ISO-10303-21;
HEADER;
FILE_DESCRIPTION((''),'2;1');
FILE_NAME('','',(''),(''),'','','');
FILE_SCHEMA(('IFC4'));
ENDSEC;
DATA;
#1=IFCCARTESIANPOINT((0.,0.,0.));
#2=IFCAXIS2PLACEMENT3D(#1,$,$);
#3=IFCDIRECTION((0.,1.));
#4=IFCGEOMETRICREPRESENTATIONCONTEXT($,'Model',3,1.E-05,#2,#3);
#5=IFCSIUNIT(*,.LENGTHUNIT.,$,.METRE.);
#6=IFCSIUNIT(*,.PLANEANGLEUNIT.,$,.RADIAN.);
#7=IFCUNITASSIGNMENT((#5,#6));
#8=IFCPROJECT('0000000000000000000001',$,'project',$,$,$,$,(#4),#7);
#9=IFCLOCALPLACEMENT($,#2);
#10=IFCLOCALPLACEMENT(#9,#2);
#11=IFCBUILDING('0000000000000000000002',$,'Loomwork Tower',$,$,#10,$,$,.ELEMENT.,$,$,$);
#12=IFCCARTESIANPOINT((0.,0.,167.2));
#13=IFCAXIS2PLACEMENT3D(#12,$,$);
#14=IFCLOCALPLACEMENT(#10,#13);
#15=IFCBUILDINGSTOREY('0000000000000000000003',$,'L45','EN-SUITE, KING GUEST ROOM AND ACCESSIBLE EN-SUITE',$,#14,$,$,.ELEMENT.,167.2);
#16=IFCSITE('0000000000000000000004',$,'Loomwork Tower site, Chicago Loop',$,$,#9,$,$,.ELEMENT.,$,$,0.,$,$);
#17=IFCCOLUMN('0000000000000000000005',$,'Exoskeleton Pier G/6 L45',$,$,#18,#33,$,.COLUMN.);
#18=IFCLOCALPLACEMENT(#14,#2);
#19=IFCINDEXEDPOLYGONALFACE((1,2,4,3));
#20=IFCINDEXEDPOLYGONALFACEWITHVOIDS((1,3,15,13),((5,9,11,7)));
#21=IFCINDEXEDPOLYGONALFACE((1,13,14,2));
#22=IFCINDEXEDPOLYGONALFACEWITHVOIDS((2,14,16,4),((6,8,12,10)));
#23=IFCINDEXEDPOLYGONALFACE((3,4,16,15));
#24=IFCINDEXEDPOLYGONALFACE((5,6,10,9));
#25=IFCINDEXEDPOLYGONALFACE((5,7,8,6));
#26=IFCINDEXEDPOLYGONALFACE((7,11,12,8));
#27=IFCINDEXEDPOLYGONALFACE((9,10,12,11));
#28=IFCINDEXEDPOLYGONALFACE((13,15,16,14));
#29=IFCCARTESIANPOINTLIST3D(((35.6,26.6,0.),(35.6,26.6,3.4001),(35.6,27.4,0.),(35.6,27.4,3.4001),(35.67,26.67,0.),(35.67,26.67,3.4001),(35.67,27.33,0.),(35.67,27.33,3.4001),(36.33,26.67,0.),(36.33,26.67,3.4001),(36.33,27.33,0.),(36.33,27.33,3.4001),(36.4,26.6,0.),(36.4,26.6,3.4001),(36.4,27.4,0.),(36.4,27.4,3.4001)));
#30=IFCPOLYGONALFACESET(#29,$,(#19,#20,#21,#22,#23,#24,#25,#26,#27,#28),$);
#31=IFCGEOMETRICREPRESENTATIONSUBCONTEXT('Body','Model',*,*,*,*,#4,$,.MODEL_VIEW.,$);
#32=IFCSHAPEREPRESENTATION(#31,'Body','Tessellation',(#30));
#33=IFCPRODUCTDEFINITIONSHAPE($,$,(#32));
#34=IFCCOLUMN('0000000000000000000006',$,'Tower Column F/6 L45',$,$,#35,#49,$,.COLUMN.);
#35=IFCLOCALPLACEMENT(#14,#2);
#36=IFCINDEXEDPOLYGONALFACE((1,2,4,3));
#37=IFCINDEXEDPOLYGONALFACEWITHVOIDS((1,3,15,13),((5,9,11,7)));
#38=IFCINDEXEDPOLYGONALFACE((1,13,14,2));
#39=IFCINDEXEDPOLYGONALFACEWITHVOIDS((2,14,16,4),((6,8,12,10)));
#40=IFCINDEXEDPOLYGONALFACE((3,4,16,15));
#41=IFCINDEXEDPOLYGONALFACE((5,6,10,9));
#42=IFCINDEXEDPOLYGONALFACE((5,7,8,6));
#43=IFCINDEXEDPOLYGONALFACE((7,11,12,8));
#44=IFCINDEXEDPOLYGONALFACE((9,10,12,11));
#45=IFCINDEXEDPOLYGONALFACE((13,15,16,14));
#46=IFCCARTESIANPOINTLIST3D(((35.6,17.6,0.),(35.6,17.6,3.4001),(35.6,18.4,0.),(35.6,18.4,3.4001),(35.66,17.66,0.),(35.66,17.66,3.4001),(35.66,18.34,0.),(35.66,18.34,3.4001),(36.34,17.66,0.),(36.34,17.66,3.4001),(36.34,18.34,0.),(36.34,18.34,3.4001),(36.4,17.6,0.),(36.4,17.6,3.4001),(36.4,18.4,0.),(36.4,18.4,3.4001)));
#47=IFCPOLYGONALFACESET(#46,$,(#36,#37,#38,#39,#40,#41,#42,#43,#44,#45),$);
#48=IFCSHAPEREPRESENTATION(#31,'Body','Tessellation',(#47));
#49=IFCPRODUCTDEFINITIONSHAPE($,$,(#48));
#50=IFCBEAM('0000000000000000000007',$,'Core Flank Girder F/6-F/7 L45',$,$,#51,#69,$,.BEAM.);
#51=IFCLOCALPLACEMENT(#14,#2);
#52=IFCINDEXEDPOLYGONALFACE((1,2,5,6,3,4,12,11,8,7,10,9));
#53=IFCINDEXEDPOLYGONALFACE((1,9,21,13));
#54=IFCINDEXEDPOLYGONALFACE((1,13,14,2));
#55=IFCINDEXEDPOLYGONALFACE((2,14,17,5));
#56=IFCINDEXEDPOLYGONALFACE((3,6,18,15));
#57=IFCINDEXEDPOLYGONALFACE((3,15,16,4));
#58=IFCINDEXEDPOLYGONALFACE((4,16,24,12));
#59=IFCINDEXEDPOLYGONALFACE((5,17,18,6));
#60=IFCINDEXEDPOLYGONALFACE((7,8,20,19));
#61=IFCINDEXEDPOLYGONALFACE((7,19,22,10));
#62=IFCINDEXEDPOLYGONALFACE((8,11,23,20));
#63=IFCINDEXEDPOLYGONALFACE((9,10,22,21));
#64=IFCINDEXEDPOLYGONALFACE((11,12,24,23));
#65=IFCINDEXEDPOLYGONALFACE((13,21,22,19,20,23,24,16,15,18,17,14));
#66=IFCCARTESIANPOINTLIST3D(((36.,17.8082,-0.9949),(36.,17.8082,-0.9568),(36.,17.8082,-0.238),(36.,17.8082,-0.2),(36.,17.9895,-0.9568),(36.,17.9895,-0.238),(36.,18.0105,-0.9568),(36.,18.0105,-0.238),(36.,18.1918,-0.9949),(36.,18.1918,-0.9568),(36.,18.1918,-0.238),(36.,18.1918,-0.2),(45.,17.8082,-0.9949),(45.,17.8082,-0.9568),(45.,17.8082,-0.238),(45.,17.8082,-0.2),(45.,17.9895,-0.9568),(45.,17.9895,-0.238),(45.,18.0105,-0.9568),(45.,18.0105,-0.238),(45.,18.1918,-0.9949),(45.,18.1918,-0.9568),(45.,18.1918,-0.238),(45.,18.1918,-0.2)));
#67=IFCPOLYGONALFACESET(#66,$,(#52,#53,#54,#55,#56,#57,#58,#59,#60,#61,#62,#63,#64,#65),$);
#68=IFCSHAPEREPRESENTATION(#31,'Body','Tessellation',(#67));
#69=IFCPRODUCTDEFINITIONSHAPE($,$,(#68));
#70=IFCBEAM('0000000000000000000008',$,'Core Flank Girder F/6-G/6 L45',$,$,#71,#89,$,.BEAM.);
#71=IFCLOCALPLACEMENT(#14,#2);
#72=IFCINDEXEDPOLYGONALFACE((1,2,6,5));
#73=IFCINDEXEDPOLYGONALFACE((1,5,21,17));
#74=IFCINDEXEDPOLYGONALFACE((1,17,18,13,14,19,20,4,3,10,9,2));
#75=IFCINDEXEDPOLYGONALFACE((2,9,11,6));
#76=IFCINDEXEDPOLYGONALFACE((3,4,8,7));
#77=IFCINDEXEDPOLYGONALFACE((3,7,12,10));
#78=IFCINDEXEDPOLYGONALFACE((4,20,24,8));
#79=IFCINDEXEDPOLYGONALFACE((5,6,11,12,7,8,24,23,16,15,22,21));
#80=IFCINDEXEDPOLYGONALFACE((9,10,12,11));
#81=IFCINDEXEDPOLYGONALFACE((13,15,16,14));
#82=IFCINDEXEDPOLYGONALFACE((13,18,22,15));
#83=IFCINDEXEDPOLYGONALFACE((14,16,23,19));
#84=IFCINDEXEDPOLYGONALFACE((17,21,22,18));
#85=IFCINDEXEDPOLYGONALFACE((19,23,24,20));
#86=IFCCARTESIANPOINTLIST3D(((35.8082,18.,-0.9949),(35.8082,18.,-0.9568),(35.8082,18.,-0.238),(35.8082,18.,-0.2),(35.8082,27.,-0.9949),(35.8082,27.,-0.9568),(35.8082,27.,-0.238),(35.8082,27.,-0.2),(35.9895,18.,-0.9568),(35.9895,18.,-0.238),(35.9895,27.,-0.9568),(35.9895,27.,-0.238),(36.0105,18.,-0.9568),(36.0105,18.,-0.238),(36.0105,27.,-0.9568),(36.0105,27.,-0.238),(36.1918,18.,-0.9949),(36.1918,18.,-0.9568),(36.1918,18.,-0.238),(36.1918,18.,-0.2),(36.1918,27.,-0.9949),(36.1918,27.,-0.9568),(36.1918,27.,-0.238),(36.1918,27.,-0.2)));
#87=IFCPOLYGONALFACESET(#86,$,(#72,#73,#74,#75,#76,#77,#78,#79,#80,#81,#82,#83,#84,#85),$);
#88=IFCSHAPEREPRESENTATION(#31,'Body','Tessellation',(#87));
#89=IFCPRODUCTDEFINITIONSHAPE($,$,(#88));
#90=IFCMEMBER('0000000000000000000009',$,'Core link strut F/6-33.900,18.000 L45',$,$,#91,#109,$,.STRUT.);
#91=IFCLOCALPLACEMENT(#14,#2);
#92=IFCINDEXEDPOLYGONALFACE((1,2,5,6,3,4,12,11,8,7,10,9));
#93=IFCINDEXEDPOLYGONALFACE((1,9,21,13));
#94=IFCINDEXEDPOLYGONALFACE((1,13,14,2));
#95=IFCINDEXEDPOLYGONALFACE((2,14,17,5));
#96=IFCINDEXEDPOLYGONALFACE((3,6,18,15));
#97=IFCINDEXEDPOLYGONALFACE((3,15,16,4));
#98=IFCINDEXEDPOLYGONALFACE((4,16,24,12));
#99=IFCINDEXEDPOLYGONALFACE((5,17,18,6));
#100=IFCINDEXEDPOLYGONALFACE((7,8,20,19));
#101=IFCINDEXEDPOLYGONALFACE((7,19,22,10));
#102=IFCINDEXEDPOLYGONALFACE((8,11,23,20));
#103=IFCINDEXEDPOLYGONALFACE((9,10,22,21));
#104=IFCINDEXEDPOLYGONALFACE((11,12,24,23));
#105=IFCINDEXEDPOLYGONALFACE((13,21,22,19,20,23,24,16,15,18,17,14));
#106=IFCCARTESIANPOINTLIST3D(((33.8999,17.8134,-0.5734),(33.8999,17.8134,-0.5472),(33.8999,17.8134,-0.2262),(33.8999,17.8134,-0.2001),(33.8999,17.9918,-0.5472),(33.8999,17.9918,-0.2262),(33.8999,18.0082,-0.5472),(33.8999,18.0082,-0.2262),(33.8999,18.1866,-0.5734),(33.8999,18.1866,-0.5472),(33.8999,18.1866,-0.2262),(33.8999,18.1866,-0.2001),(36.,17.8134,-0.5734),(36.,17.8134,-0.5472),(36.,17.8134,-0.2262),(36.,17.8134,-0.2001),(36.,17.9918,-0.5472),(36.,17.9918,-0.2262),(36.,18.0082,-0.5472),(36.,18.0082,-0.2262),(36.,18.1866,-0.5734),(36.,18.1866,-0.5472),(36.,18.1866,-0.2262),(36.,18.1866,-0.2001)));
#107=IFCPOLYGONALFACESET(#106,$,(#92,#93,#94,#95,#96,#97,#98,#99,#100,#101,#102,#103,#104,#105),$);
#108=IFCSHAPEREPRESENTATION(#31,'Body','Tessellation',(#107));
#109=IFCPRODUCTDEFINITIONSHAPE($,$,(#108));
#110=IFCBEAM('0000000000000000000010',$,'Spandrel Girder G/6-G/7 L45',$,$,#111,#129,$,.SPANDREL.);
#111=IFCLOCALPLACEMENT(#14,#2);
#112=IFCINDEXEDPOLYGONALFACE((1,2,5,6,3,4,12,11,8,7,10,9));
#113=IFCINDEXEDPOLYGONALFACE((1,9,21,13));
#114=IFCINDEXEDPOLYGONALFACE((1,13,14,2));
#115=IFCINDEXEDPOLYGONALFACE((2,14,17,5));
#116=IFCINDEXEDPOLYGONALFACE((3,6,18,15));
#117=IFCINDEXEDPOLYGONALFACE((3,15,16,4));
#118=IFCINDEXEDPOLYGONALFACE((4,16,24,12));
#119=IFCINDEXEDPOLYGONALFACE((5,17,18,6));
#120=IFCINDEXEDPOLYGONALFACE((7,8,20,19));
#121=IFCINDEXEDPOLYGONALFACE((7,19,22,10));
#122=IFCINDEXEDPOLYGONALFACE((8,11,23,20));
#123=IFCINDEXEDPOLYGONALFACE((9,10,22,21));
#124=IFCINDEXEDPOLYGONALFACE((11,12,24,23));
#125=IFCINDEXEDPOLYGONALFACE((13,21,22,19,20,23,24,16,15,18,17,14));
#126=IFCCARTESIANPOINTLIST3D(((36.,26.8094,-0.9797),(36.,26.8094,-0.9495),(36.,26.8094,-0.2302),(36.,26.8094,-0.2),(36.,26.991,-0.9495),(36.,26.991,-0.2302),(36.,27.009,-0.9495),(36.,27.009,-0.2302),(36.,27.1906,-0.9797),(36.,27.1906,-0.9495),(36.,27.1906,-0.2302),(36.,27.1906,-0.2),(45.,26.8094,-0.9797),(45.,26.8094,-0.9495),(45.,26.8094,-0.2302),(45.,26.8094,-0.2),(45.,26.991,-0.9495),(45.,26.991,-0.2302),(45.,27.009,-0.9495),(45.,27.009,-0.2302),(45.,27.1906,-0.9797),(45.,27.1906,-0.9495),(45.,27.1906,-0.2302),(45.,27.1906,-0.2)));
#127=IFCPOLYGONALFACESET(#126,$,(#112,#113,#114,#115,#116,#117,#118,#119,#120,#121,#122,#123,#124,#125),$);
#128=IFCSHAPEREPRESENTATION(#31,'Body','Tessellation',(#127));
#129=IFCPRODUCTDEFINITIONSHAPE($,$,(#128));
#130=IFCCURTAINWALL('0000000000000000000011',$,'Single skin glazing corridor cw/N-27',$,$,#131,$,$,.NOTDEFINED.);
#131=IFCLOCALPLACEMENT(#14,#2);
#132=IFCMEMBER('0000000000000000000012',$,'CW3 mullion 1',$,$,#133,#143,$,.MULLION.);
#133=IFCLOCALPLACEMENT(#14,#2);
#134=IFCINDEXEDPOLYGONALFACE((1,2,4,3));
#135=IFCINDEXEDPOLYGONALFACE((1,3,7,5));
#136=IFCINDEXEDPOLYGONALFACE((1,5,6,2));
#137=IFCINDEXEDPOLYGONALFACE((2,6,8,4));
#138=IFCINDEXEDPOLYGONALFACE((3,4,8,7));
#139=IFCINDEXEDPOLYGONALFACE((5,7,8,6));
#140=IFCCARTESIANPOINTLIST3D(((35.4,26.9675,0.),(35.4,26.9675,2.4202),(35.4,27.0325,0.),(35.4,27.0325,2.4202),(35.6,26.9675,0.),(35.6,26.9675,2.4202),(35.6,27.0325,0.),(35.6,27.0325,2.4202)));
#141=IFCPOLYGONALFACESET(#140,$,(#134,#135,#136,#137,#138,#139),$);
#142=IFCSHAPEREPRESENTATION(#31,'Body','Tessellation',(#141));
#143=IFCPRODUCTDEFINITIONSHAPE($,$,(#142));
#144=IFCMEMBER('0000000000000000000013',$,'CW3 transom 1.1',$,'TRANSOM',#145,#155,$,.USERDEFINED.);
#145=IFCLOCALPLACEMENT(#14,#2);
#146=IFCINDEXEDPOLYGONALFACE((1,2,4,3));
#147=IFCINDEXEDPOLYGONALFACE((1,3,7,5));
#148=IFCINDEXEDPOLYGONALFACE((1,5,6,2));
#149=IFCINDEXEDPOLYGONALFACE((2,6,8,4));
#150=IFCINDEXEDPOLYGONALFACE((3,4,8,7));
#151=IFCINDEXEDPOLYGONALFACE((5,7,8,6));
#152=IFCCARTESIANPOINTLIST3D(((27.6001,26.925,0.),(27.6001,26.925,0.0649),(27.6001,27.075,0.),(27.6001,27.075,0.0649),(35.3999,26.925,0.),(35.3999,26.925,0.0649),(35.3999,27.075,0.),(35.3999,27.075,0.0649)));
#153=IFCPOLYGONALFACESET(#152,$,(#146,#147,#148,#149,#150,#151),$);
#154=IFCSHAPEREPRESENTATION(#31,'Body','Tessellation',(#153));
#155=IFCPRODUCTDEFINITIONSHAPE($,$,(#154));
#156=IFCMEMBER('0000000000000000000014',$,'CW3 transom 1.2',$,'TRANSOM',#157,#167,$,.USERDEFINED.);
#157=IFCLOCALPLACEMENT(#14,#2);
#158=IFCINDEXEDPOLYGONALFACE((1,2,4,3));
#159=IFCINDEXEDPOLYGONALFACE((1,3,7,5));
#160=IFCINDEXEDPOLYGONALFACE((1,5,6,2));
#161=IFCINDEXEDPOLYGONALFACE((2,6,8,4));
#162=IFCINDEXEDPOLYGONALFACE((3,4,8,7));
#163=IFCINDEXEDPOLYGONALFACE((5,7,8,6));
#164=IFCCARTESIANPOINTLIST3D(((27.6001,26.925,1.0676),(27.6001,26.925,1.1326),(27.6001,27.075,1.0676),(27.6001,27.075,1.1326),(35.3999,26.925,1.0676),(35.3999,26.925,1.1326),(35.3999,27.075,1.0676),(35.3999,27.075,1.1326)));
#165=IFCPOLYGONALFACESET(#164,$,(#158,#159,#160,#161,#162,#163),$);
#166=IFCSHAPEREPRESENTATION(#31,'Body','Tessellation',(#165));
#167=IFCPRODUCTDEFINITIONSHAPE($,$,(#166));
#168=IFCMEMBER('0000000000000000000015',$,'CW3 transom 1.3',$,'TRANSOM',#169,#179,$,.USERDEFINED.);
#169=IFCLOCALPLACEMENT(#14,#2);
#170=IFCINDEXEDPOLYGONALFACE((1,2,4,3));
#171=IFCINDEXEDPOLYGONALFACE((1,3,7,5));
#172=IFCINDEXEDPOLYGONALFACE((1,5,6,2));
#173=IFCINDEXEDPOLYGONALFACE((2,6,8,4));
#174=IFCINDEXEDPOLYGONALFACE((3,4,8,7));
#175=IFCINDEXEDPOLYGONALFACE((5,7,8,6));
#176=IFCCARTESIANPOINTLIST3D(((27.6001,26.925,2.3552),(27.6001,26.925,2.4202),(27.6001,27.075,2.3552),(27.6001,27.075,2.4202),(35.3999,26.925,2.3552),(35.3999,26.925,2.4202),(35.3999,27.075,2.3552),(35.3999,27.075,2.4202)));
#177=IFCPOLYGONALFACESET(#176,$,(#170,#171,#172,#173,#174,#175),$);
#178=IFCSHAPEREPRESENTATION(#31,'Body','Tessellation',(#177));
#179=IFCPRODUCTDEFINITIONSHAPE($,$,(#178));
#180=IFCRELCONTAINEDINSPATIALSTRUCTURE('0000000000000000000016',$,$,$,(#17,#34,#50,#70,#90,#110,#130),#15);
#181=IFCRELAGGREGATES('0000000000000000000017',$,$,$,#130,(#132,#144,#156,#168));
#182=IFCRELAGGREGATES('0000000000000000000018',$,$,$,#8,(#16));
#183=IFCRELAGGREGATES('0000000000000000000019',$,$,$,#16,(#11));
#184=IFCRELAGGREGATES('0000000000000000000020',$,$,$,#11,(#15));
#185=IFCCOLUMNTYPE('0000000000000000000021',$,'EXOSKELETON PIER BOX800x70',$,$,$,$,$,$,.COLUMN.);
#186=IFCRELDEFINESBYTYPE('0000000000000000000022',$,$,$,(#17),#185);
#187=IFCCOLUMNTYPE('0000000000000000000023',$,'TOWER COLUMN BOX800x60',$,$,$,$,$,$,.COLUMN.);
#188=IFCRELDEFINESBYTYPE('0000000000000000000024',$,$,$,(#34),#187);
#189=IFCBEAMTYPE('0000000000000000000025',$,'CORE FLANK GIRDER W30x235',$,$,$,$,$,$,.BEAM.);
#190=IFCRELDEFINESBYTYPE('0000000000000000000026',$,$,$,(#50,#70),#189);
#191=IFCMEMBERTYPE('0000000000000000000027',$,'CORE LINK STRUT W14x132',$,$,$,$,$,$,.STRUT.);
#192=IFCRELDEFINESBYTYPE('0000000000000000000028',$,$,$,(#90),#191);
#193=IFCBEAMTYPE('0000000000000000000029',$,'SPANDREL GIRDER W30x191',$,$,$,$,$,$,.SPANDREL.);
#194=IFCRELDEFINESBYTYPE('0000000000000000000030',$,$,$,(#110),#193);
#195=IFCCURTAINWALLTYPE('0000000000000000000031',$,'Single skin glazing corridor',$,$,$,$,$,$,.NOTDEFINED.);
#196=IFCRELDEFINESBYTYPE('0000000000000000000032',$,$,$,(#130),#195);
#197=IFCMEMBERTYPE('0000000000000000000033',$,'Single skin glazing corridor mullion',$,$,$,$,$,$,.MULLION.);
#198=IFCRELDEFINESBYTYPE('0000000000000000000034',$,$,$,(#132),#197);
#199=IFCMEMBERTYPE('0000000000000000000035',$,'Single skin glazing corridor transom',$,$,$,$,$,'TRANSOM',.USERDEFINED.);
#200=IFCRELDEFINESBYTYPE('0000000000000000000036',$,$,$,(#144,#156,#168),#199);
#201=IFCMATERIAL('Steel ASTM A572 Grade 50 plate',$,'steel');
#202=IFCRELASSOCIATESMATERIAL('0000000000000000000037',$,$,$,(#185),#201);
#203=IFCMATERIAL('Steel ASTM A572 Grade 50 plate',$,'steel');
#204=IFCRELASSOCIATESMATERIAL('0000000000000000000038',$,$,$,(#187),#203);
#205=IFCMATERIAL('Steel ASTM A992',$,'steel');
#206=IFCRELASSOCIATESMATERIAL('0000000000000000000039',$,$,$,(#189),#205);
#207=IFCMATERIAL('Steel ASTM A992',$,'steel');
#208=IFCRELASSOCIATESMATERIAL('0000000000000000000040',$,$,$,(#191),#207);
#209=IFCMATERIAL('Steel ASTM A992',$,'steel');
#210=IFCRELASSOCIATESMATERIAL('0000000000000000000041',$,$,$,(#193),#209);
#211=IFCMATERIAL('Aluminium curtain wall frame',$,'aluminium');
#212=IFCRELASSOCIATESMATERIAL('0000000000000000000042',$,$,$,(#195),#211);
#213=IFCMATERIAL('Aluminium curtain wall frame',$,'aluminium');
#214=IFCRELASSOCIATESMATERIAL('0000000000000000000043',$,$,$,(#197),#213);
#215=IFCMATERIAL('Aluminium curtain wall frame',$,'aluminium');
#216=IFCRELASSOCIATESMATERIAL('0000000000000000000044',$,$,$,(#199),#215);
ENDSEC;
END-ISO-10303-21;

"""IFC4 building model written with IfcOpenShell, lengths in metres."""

from ifc_helpers import new_model, si_unit, direction, frame, origin, origin_2d, place, context, subcontext, project, spatial, rectangle, hollow_rectangle, i_section, extrude, material, material_profile, profile_set, type_object, element, aggregate, save


model = new_model("IFC4")

# Units and contexts
model_context = context("Model", 3, precision=1e-05, world=origin(), true_north=direction((0.0, 1.0)))
body_context = subcontext(model_context, "Body", "Model", "MODEL_VIEW")
ifc_project = project(units=[si_unit("LENGTHUNIT", "METRE"), si_unit("PLANEANGLEUNIT", "RADIAN")], contexts=[model_context])

# Site, building, storey
site_placement = place(None, origin())
site = spatial("IfcSite", under=ifc_project, at=site_placement, Name="Loomwork Tower site, Chicago Loop", CompositionType="ELEMENT", RefElevation=0.0)
building_placement = place(site_placement, origin())
building = spatial("IfcBuilding", under=site, at=building_placement, Name="Loomwork Tower", CompositionType="ELEMENT")
storey_placement = place(building_placement, frame((0.0, 0.0, 167.2)))
storey = spatial("IfcBuildingStorey", under=building, at=storey_placement, Name="L45", Description="EN-SUITE, KING GUEST ROOM AND ACCESSIBLE EN-SUITE", CompositionType="ELEMENT", Elevation=167.2)

# Columns
ifc_material_1 = material(Name="Steel ASTM A572 Grade 50 plate", Category="steel")
ifc_material_profile_1 = material_profile(ifc_material_1, hollow_rectangle(XDim=0.8, YDim=0.8, WallThickness=0.0701, at=origin_2d()), Name="BOX800x70")
ifc_profile_set_1 = profile_set([ifc_material_profile_1], Name="Steel ASTM A572 Grade 50 plate")
column_type_1 = type_object("IfcColumnType", Name="EXOSKELETON PIER BOX800x70", PredefinedType="COLUMN", material=ifc_profile_set_1)
column_1_placement = place(storey_placement, frame((36.0, 27.0, 0.0), z_axis=(0.0, 0.0, 1.0), x_axis=(1.0, 0.0, 0.0)))
element("IfcColumn", 1, at=column_1_placement, inside=storey, type_object=column_type_1, Name="Exoskeleton Pier G/6 L45", PredefinedType="COLUMN", context=body_context, shape_type="SweptSolid", body=[
    extrude(hollow_rectangle(XDim=0.8, YDim=0.8, WallThickness=0.0701, at=origin_2d()), origin(), (0.0, 0.0, 1.0), 3.4001),
])
ifc_material_2 = material(Name="Steel ASTM A572 Grade 50 plate", Category="steel")
ifc_material_profile_2 = material_profile(ifc_material_2, hollow_rectangle(XDim=0.8, YDim=0.8, WallThickness=0.0601, at=origin_2d()), Name="BOX800x60")
ifc_profile_set_2 = profile_set([ifc_material_profile_2], Name="Steel ASTM A572 Grade 50 plate")
column_type_2 = type_object("IfcColumnType", Name="TOWER COLUMN BOX800x60", PredefinedType="COLUMN", material=ifc_profile_set_2)
column_2_placement = place(storey_placement, frame((36.0, 18.0, 0.0), z_axis=(0.0, 0.0, 1.0), x_axis=(0.0, 1.0, 0.0)))
element("IfcColumn", 2, at=column_2_placement, inside=storey, type_object=column_type_2, Name="Tower Column F/6 L45", PredefinedType="COLUMN", context=body_context, shape_type="SweptSolid", body=[
    extrude(hollow_rectangle(XDim=0.8, YDim=0.8, WallThickness=0.0601, at=origin_2d()), origin(), (0.0, 0.0, 1.0), 3.4001),
])

# Beams
ifc_material_3 = material(Name="Steel ASTM A992", Category="steel")
ifc_material_profile_3 = material_profile(ifc_material_3, i_section(OverallWidth=0.3835, OverallDepth=0.7949, WebThickness=0.021, FlangeThickness=0.0381, at=origin_2d()), Name="W30x235")
ifc_profile_set_3 = profile_set([ifc_material_profile_3], Name="Steel ASTM A992")
beam_type_1 = type_object("IfcBeamType", Name="CORE FLANK GIRDER W30x235", PredefinedType="BEAM", material=ifc_profile_set_3)
for number, where, z_axis, x_axis, name in (
    (3, (36.0, 18.0, -0.5974), (1.0, 0.0, 0.0), (0.0, 1.0, 0.0), "Core Flank Girder F/6-F/7 L45"),
    (4, (36.0, 18.0, -0.5974), (0.0, 1.0, 0.0), (-1.0, 0.0, 0.0), "Core Flank Girder F/6-G/6 L45"),
):
    element("IfcBeam", number, at=place(storey_placement, frame(where, z_axis=z_axis, x_axis=x_axis)), inside=storey, type_object=beam_type_1, Name=name, PredefinedType="BEAM", context=body_context, shape_type="SweptSolid", body=[
        extrude(i_section(OverallWidth=0.3835, OverallDepth=0.7949, WebThickness=0.021, FlangeThickness=0.0381, at=origin_2d()), origin(), (0.0, 0.0, 1.0), 9.0),
    ])

# Member
ifc_material_4 = material(Name="Steel ASTM A992", Category="steel")
ifc_material_profile_4 = material_profile(ifc_material_4, i_section(OverallWidth=0.3733, OverallDepth=0.3733, WebThickness=0.0164, FlangeThickness=0.0261, at=origin_2d()), Name="W14x132")
ifc_profile_set_4 = profile_set([ifc_material_profile_4], Name="Steel ASTM A992")
member_type_1 = type_object("IfcMemberType", Name="CORE LINK STRUT W14x132", PredefinedType="STRUT", material=ifc_profile_set_4)
member_1_placement = place(storey_placement, frame((36.0, 18.0, -0.3867), z_axis=(-1.0, 0.0, 0.0), x_axis=(0.0, -1.0, 0.0)))
element("IfcMember", 5, at=member_1_placement, inside=storey, type_object=member_type_1, Name="Core link strut F/6-33.900,18.000 L45", PredefinedType="STRUT", context=body_context, shape_type="SweptSolid", body=[
    extrude(i_section(OverallWidth=0.3733, OverallDepth=0.3733, WebThickness=0.0164, FlangeThickness=0.0261, at=origin_2d()), origin(), (0.0, 0.0, 1.0), 2.1001),
])

# Beam
ifc_material_5 = material(Name="Steel ASTM A992", Category="steel")
ifc_material_profile_5 = material_profile(ifc_material_5, i_section(OverallWidth=0.3811, OverallDepth=0.7798, WebThickness=0.0181, FlangeThickness=0.0303, at=origin_2d()), Name="W30x191")
ifc_profile_set_5 = profile_set([ifc_material_profile_5], Name="Steel ASTM A992")
beam_type_2 = type_object("IfcBeamType", Name="SPANDREL GIRDER W30x191", PredefinedType="SPANDREL", material=ifc_profile_set_5)
beam_placement = place(storey_placement, frame((36.0, 27.0, -0.5898), z_axis=(1.0, 0.0, 0.0), x_axis=(0.0, 1.0, 0.0)))
element("IfcBeam", 6, at=beam_placement, inside=storey, type_object=beam_type_2, Name="Spandrel Girder G/6-G/7 L45", PredefinedType="SPANDREL", context=body_context, shape_type="SweptSolid", body=[
    extrude(i_section(OverallWidth=0.3811, OverallDepth=0.7798, WebThickness=0.0181, FlangeThickness=0.0303, at=origin_2d()), origin(), (0.0, 0.0, 1.0), 9.0),
])

# Curtain wall, members
ifc_material_6 = material(Name="Aluminium curtain wall frame", Category="aluminium")
curtain_wall_type = type_object("IfcCurtainWallType", Name="Single skin glazing corridor", PredefinedType="NOTDEFINED", material=ifc_material_6)
curtain_wall_placement = place(storey_placement, origin())
curtain_wall = element("IfcCurtainWall", 7, at=curtain_wall_placement, inside=storey, type_object=curtain_wall_type, Name="Single skin glazing corridor cw/N-27", PredefinedType="NOTDEFINED")
ifc_material_7 = material(Name="Aluminium curtain wall frame", Category="aluminium")
ifc_material_profile_6 = material_profile(ifc_material_7, rectangle(XDim=0.0649, YDim=0.2, at=origin_2d()), Name="AL 65x200")
ifc_profile_set_6 = profile_set([ifc_material_profile_6], Name="Aluminium curtain wall frame")
member_type_2 = type_object("IfcMemberType", Name="Single skin glazing corridor mullion", PredefinedType="MULLION", material=ifc_profile_set_6)
member_2_placement = place(storey_placement, frame((35.5, 27.0, 0.0), z_axis=(0.0, 0.0, 1.0), x_axis=(0.0, -1.0, 0.0)))
member_2 = element("IfcMember", 8, at=member_2_placement, type_object=member_type_2, Name="CW3 mullion 1", PredefinedType="MULLION", context=body_context, shape_type="SweptSolid", body=[
    extrude(rectangle(XDim=0.0649, YDim=0.2, at=origin_2d()), origin(), (0.0, 0.0, 1.0), 2.4202),
])
ifc_material_8 = material(Name="Aluminium curtain wall frame", Category="aluminium")
ifc_material_profile_7 = material_profile(ifc_material_8, rectangle(XDim=0.1499, YDim=0.0649, at=origin_2d()), Name="AL 65x150")
ifc_profile_set_7 = profile_set([ifc_material_profile_7], Name="Aluminium curtain wall frame")
member_type_3 = type_object("IfcMemberType", Name="Single skin glazing corridor transom", ElementType="TRANSOM", PredefinedType="USERDEFINED", material=ifc_profile_set_7)
member_3_placement = place(storey_placement, frame((35.3999, 27.0, 0.0325), z_axis=(-1.0, 0.0, 0.0), x_axis=(0.0, -1.0, 0.0)))
member_3 = element("IfcMember", 9, at=member_3_placement, type_object=member_type_3, Name="CW3 transom 1.1", ObjectType="TRANSOM", PredefinedType="USERDEFINED", context=body_context, shape_type="SweptSolid", body=[
    extrude(rectangle(XDim=0.1499, YDim=0.0649, at=origin_2d()), origin(), (0.0, 0.0, 1.0), 7.7998),
])
member_4_placement = place(storey_placement, frame((35.3999, 27.0, 1.1001), z_axis=(-1.0, 0.0, 0.0), x_axis=(0.0, -1.0, 0.0)))
member_4 = element("IfcMember", 10, at=member_4_placement, type_object=member_type_3, Name="CW3 transom 1.2", ObjectType="TRANSOM", PredefinedType="USERDEFINED", context=body_context, shape_type="SweptSolid", body=[
    extrude(rectangle(XDim=0.1499, YDim=0.0649, at=origin_2d()), origin(), (0.0, 0.0, 1.0), 7.7998),
])
member_5_placement = place(storey_placement, frame((35.3999, 27.0, 2.3877), z_axis=(-1.0, 0.0, 0.0), x_axis=(0.0, -1.0, 0.0)))
member_5 = element("IfcMember", 11, at=member_5_placement, type_object=member_type_3, Name="CW3 transom 1.3", ObjectType="TRANSOM", PredefinedType="USERDEFINED", context=body_context, shape_type="SweptSolid", body=[
    extrude(rectangle(XDim=0.1499, YDim=0.0649, at=origin_2d()), origin(), (0.0, 0.0, 1.0), 7.7998),
])
aggregate(curtain_wall, [member_2, member_3, member_4, member_5])

save(model, "model.ifc")
